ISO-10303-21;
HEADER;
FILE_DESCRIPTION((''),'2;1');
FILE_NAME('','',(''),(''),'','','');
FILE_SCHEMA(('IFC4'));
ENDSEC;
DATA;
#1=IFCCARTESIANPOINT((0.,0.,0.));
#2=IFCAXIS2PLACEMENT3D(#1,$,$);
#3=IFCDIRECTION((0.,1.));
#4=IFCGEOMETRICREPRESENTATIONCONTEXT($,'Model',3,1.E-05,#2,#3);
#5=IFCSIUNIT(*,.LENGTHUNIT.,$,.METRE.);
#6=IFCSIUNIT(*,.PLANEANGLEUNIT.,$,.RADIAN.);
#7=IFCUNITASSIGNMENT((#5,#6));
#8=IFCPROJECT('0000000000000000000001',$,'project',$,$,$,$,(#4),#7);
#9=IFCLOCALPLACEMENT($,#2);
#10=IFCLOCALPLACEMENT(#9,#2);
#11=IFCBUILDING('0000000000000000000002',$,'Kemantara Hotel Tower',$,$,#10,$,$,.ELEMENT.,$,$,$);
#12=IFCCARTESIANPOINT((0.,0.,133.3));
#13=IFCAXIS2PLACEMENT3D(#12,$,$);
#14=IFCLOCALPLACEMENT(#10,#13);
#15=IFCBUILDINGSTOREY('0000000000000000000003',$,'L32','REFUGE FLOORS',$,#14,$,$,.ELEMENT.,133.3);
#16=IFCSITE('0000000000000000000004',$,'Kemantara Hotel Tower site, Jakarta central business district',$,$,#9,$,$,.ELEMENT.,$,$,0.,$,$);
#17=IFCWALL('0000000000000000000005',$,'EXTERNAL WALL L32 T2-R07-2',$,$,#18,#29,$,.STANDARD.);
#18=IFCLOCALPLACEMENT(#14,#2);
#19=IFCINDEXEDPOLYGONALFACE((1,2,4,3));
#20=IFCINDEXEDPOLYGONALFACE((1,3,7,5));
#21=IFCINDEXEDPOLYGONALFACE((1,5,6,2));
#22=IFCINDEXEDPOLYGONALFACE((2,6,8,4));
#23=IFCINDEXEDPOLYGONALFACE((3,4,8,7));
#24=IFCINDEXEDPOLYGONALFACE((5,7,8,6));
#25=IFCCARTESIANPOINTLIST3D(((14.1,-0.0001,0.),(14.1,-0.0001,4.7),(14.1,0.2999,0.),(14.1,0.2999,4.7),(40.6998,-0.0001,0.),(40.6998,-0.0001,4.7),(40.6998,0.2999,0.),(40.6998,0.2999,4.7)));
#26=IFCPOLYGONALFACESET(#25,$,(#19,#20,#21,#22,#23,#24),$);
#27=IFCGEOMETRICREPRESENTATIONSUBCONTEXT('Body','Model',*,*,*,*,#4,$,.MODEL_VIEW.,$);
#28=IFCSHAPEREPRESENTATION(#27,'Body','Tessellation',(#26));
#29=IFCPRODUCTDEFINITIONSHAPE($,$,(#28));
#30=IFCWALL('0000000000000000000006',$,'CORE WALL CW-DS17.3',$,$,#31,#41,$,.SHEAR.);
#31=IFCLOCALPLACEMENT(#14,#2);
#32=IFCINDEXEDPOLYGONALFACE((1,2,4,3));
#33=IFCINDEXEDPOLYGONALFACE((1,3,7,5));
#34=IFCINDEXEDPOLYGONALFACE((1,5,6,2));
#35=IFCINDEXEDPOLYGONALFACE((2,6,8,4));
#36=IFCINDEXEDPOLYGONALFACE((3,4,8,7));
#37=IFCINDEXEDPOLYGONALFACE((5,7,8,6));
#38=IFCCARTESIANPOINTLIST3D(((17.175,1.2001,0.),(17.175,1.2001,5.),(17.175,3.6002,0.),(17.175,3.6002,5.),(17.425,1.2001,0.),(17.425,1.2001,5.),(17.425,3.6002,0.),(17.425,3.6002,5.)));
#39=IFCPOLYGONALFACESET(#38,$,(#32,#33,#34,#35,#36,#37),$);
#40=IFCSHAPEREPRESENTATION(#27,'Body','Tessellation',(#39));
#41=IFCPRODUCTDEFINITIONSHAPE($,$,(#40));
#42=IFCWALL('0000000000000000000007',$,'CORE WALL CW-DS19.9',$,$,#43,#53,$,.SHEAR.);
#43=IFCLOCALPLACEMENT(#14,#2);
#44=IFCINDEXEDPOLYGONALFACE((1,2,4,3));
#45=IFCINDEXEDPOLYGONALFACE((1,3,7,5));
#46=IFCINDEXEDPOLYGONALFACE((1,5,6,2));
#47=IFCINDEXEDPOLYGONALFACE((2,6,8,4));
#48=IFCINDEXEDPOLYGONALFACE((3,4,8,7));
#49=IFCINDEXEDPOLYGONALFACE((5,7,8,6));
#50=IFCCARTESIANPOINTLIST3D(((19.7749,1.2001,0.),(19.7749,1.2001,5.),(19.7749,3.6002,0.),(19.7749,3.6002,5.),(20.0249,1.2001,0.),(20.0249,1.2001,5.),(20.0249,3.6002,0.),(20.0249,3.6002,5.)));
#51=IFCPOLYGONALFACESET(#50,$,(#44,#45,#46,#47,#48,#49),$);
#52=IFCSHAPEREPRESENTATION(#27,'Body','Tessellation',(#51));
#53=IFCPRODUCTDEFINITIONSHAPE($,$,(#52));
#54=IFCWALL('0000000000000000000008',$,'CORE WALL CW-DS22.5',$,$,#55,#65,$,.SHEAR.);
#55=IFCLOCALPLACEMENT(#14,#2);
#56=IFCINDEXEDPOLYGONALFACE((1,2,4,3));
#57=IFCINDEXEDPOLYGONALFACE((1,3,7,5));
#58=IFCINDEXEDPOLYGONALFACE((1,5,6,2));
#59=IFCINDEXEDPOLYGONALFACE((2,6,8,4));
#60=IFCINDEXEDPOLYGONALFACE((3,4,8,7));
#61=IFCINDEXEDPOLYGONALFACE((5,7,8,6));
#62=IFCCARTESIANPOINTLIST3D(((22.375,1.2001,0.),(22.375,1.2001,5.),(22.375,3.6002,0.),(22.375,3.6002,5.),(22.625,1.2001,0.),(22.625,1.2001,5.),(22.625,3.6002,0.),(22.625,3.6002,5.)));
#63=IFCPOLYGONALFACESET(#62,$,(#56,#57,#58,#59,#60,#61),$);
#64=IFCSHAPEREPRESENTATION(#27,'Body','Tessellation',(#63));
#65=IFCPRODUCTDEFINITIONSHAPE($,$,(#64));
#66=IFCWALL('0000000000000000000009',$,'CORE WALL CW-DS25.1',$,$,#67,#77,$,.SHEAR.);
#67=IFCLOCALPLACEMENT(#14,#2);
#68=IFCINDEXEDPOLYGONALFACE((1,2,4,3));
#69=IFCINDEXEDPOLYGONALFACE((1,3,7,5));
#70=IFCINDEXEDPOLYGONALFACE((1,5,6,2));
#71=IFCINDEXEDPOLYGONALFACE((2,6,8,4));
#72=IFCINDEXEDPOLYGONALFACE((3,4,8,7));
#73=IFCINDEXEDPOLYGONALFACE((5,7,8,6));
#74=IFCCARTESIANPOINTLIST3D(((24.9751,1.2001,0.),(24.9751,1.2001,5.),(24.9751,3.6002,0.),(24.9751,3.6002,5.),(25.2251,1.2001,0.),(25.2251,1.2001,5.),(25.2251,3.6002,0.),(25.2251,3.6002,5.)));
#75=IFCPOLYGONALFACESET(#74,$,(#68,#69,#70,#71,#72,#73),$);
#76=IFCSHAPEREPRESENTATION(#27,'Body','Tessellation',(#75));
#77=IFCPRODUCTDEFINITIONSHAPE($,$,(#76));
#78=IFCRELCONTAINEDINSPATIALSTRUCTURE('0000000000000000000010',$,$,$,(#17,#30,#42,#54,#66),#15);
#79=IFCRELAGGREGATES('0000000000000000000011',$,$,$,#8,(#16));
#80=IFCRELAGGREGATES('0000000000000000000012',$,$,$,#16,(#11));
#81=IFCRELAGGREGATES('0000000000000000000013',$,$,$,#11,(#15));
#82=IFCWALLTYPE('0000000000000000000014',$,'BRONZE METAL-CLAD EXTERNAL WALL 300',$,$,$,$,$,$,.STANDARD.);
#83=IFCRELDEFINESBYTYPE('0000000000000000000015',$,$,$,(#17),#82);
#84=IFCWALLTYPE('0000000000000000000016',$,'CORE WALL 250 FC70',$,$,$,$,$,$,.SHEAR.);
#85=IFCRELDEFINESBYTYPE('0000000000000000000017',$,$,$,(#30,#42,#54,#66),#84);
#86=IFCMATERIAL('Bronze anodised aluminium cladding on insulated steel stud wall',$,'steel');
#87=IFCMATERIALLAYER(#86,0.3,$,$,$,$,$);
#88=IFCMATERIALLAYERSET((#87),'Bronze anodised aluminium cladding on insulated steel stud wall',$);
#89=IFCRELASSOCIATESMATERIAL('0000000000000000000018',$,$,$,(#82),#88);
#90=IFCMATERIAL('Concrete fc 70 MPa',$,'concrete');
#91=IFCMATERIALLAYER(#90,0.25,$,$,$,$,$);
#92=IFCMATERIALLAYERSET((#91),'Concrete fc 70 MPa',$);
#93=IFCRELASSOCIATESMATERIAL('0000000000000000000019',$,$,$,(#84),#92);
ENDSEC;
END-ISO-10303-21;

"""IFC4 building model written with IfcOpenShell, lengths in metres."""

from ifc_helpers import new_model, si_unit, direction, frame, frame_2d, origin, place, context, subcontext, project, spatial, rectangle, extrude, material, layer, layer_set, type_object, element, save


model = new_model("IFC4")

# Units and contexts
model_context = context("Model", 3, precision=1e-05, world=origin(), true_north=direction((0.0, 1.0)))
body_context = subcontext(model_context, "Body", "Model", "MODEL_VIEW")
ifc_project = project(units=[si_unit("LENGTHUNIT", "METRE"), si_unit("PLANEANGLEUNIT", "RADIAN")], contexts=[model_context])

# Site, building, storey
site_placement = place(None, origin())
site = spatial("IfcSite", under=ifc_project, at=site_placement, Name="Kemantara Hotel Tower site, Jakarta central business district", CompositionType="ELEMENT", RefElevation=0.0)
building_placement = place(site_placement, origin())
building = spatial("IfcBuilding", under=site, at=building_placement, Name="Kemantara Hotel Tower", CompositionType="ELEMENT")
storey_placement = place(building_placement, frame((0.0, 0.0, 133.3)))
storey = spatial("IfcBuildingStorey", under=building, at=storey_placement, Name="L32", Description="REFUGE FLOORS", CompositionType="ELEMENT", Elevation=133.3)

# Walls
ifc_material_1 = material(Name="Bronze anodised aluminium cladding on insulated steel stud wall", Category="steel")
ifc_layer_1 = layer(ifc_material_1, 0.3)
ifc_layer_set_1 = layer_set([ifc_layer_1], Name="Bronze anodised aluminium cladding on insulated steel stud wall")
wall_type_1 = type_object("IfcWallType", Name="BRONZE METAL-CLAD EXTERNAL WALL 300", PredefinedType="STANDARD", material=ifc_layer_set_1)
wall_1_placement = place(storey_placement, frame((14.1001, 0.1499, 0.0), z_axis=(0.0, 0.0, 1.0), x_axis=(1.0, 0.0, 0.0)))
element("IfcWall", 1, at=wall_1_placement, inside=storey, type_object=wall_type_1, Name="EXTERNAL WALL L32 T2-R07-2", PredefinedType="STANDARD", context=body_context, shape_type="SweptSolid", body=[
    extrude(rectangle(XDim=26.5999, YDim=0.3, at=frame_2d((13.2998, 0.0))), origin(), (0.0, 0.0, 1.0), 4.7),
])
ifc_material_2 = material(Name="Concrete fc 70 MPa", Category="concrete")
ifc_layer_2 = layer(ifc_material_2, 0.25)
ifc_layer_set_2 = layer_set([ifc_layer_2], Name="Concrete fc 70 MPa")
wall_type_2 = type_object("IfcWallType", Name="CORE WALL 250 FC70", PredefinedType="SHEAR", material=ifc_layer_set_2)
for number, where, z_axis, x_axis, name in (
    (2, (17.3, 1.2, 0.0), (0.0, 0.0, 1.0), (0.0, 1.0, 0.0), "CORE WALL CW-DS17.3"),
    (3, (19.8999, 1.2, 0.0), (0.0, 0.0, 1.0), (0.0, 1.0, 0.0), "CORE WALL CW-DS19.9"),
    (4, (22.5, 1.2, 0.0), (0.0, 0.0, 1.0), (0.0, 1.0, 0.0), "CORE WALL CW-DS22.5"),
    (5, (25.1001, 1.2, 0.0), (0.0, 0.0, 1.0), (0.0, 1.0, 0.0), "CORE WALL CW-DS25.1"),
):
    element("IfcWall", number, at=place(storey_placement, frame(where, z_axis=z_axis, x_axis=x_axis)), inside=storey, type_object=wall_type_2, Name=name, PredefinedType="SHEAR", context=body_context, shape_type="SweptSolid", body=[
        extrude(rectangle(XDim=2.4001, YDim=0.25, at=frame_2d((1.2002, 0.0))), origin(), (0.0, 0.0, 1.0), 5.0),
    ])

save(model, "model.ifc")
